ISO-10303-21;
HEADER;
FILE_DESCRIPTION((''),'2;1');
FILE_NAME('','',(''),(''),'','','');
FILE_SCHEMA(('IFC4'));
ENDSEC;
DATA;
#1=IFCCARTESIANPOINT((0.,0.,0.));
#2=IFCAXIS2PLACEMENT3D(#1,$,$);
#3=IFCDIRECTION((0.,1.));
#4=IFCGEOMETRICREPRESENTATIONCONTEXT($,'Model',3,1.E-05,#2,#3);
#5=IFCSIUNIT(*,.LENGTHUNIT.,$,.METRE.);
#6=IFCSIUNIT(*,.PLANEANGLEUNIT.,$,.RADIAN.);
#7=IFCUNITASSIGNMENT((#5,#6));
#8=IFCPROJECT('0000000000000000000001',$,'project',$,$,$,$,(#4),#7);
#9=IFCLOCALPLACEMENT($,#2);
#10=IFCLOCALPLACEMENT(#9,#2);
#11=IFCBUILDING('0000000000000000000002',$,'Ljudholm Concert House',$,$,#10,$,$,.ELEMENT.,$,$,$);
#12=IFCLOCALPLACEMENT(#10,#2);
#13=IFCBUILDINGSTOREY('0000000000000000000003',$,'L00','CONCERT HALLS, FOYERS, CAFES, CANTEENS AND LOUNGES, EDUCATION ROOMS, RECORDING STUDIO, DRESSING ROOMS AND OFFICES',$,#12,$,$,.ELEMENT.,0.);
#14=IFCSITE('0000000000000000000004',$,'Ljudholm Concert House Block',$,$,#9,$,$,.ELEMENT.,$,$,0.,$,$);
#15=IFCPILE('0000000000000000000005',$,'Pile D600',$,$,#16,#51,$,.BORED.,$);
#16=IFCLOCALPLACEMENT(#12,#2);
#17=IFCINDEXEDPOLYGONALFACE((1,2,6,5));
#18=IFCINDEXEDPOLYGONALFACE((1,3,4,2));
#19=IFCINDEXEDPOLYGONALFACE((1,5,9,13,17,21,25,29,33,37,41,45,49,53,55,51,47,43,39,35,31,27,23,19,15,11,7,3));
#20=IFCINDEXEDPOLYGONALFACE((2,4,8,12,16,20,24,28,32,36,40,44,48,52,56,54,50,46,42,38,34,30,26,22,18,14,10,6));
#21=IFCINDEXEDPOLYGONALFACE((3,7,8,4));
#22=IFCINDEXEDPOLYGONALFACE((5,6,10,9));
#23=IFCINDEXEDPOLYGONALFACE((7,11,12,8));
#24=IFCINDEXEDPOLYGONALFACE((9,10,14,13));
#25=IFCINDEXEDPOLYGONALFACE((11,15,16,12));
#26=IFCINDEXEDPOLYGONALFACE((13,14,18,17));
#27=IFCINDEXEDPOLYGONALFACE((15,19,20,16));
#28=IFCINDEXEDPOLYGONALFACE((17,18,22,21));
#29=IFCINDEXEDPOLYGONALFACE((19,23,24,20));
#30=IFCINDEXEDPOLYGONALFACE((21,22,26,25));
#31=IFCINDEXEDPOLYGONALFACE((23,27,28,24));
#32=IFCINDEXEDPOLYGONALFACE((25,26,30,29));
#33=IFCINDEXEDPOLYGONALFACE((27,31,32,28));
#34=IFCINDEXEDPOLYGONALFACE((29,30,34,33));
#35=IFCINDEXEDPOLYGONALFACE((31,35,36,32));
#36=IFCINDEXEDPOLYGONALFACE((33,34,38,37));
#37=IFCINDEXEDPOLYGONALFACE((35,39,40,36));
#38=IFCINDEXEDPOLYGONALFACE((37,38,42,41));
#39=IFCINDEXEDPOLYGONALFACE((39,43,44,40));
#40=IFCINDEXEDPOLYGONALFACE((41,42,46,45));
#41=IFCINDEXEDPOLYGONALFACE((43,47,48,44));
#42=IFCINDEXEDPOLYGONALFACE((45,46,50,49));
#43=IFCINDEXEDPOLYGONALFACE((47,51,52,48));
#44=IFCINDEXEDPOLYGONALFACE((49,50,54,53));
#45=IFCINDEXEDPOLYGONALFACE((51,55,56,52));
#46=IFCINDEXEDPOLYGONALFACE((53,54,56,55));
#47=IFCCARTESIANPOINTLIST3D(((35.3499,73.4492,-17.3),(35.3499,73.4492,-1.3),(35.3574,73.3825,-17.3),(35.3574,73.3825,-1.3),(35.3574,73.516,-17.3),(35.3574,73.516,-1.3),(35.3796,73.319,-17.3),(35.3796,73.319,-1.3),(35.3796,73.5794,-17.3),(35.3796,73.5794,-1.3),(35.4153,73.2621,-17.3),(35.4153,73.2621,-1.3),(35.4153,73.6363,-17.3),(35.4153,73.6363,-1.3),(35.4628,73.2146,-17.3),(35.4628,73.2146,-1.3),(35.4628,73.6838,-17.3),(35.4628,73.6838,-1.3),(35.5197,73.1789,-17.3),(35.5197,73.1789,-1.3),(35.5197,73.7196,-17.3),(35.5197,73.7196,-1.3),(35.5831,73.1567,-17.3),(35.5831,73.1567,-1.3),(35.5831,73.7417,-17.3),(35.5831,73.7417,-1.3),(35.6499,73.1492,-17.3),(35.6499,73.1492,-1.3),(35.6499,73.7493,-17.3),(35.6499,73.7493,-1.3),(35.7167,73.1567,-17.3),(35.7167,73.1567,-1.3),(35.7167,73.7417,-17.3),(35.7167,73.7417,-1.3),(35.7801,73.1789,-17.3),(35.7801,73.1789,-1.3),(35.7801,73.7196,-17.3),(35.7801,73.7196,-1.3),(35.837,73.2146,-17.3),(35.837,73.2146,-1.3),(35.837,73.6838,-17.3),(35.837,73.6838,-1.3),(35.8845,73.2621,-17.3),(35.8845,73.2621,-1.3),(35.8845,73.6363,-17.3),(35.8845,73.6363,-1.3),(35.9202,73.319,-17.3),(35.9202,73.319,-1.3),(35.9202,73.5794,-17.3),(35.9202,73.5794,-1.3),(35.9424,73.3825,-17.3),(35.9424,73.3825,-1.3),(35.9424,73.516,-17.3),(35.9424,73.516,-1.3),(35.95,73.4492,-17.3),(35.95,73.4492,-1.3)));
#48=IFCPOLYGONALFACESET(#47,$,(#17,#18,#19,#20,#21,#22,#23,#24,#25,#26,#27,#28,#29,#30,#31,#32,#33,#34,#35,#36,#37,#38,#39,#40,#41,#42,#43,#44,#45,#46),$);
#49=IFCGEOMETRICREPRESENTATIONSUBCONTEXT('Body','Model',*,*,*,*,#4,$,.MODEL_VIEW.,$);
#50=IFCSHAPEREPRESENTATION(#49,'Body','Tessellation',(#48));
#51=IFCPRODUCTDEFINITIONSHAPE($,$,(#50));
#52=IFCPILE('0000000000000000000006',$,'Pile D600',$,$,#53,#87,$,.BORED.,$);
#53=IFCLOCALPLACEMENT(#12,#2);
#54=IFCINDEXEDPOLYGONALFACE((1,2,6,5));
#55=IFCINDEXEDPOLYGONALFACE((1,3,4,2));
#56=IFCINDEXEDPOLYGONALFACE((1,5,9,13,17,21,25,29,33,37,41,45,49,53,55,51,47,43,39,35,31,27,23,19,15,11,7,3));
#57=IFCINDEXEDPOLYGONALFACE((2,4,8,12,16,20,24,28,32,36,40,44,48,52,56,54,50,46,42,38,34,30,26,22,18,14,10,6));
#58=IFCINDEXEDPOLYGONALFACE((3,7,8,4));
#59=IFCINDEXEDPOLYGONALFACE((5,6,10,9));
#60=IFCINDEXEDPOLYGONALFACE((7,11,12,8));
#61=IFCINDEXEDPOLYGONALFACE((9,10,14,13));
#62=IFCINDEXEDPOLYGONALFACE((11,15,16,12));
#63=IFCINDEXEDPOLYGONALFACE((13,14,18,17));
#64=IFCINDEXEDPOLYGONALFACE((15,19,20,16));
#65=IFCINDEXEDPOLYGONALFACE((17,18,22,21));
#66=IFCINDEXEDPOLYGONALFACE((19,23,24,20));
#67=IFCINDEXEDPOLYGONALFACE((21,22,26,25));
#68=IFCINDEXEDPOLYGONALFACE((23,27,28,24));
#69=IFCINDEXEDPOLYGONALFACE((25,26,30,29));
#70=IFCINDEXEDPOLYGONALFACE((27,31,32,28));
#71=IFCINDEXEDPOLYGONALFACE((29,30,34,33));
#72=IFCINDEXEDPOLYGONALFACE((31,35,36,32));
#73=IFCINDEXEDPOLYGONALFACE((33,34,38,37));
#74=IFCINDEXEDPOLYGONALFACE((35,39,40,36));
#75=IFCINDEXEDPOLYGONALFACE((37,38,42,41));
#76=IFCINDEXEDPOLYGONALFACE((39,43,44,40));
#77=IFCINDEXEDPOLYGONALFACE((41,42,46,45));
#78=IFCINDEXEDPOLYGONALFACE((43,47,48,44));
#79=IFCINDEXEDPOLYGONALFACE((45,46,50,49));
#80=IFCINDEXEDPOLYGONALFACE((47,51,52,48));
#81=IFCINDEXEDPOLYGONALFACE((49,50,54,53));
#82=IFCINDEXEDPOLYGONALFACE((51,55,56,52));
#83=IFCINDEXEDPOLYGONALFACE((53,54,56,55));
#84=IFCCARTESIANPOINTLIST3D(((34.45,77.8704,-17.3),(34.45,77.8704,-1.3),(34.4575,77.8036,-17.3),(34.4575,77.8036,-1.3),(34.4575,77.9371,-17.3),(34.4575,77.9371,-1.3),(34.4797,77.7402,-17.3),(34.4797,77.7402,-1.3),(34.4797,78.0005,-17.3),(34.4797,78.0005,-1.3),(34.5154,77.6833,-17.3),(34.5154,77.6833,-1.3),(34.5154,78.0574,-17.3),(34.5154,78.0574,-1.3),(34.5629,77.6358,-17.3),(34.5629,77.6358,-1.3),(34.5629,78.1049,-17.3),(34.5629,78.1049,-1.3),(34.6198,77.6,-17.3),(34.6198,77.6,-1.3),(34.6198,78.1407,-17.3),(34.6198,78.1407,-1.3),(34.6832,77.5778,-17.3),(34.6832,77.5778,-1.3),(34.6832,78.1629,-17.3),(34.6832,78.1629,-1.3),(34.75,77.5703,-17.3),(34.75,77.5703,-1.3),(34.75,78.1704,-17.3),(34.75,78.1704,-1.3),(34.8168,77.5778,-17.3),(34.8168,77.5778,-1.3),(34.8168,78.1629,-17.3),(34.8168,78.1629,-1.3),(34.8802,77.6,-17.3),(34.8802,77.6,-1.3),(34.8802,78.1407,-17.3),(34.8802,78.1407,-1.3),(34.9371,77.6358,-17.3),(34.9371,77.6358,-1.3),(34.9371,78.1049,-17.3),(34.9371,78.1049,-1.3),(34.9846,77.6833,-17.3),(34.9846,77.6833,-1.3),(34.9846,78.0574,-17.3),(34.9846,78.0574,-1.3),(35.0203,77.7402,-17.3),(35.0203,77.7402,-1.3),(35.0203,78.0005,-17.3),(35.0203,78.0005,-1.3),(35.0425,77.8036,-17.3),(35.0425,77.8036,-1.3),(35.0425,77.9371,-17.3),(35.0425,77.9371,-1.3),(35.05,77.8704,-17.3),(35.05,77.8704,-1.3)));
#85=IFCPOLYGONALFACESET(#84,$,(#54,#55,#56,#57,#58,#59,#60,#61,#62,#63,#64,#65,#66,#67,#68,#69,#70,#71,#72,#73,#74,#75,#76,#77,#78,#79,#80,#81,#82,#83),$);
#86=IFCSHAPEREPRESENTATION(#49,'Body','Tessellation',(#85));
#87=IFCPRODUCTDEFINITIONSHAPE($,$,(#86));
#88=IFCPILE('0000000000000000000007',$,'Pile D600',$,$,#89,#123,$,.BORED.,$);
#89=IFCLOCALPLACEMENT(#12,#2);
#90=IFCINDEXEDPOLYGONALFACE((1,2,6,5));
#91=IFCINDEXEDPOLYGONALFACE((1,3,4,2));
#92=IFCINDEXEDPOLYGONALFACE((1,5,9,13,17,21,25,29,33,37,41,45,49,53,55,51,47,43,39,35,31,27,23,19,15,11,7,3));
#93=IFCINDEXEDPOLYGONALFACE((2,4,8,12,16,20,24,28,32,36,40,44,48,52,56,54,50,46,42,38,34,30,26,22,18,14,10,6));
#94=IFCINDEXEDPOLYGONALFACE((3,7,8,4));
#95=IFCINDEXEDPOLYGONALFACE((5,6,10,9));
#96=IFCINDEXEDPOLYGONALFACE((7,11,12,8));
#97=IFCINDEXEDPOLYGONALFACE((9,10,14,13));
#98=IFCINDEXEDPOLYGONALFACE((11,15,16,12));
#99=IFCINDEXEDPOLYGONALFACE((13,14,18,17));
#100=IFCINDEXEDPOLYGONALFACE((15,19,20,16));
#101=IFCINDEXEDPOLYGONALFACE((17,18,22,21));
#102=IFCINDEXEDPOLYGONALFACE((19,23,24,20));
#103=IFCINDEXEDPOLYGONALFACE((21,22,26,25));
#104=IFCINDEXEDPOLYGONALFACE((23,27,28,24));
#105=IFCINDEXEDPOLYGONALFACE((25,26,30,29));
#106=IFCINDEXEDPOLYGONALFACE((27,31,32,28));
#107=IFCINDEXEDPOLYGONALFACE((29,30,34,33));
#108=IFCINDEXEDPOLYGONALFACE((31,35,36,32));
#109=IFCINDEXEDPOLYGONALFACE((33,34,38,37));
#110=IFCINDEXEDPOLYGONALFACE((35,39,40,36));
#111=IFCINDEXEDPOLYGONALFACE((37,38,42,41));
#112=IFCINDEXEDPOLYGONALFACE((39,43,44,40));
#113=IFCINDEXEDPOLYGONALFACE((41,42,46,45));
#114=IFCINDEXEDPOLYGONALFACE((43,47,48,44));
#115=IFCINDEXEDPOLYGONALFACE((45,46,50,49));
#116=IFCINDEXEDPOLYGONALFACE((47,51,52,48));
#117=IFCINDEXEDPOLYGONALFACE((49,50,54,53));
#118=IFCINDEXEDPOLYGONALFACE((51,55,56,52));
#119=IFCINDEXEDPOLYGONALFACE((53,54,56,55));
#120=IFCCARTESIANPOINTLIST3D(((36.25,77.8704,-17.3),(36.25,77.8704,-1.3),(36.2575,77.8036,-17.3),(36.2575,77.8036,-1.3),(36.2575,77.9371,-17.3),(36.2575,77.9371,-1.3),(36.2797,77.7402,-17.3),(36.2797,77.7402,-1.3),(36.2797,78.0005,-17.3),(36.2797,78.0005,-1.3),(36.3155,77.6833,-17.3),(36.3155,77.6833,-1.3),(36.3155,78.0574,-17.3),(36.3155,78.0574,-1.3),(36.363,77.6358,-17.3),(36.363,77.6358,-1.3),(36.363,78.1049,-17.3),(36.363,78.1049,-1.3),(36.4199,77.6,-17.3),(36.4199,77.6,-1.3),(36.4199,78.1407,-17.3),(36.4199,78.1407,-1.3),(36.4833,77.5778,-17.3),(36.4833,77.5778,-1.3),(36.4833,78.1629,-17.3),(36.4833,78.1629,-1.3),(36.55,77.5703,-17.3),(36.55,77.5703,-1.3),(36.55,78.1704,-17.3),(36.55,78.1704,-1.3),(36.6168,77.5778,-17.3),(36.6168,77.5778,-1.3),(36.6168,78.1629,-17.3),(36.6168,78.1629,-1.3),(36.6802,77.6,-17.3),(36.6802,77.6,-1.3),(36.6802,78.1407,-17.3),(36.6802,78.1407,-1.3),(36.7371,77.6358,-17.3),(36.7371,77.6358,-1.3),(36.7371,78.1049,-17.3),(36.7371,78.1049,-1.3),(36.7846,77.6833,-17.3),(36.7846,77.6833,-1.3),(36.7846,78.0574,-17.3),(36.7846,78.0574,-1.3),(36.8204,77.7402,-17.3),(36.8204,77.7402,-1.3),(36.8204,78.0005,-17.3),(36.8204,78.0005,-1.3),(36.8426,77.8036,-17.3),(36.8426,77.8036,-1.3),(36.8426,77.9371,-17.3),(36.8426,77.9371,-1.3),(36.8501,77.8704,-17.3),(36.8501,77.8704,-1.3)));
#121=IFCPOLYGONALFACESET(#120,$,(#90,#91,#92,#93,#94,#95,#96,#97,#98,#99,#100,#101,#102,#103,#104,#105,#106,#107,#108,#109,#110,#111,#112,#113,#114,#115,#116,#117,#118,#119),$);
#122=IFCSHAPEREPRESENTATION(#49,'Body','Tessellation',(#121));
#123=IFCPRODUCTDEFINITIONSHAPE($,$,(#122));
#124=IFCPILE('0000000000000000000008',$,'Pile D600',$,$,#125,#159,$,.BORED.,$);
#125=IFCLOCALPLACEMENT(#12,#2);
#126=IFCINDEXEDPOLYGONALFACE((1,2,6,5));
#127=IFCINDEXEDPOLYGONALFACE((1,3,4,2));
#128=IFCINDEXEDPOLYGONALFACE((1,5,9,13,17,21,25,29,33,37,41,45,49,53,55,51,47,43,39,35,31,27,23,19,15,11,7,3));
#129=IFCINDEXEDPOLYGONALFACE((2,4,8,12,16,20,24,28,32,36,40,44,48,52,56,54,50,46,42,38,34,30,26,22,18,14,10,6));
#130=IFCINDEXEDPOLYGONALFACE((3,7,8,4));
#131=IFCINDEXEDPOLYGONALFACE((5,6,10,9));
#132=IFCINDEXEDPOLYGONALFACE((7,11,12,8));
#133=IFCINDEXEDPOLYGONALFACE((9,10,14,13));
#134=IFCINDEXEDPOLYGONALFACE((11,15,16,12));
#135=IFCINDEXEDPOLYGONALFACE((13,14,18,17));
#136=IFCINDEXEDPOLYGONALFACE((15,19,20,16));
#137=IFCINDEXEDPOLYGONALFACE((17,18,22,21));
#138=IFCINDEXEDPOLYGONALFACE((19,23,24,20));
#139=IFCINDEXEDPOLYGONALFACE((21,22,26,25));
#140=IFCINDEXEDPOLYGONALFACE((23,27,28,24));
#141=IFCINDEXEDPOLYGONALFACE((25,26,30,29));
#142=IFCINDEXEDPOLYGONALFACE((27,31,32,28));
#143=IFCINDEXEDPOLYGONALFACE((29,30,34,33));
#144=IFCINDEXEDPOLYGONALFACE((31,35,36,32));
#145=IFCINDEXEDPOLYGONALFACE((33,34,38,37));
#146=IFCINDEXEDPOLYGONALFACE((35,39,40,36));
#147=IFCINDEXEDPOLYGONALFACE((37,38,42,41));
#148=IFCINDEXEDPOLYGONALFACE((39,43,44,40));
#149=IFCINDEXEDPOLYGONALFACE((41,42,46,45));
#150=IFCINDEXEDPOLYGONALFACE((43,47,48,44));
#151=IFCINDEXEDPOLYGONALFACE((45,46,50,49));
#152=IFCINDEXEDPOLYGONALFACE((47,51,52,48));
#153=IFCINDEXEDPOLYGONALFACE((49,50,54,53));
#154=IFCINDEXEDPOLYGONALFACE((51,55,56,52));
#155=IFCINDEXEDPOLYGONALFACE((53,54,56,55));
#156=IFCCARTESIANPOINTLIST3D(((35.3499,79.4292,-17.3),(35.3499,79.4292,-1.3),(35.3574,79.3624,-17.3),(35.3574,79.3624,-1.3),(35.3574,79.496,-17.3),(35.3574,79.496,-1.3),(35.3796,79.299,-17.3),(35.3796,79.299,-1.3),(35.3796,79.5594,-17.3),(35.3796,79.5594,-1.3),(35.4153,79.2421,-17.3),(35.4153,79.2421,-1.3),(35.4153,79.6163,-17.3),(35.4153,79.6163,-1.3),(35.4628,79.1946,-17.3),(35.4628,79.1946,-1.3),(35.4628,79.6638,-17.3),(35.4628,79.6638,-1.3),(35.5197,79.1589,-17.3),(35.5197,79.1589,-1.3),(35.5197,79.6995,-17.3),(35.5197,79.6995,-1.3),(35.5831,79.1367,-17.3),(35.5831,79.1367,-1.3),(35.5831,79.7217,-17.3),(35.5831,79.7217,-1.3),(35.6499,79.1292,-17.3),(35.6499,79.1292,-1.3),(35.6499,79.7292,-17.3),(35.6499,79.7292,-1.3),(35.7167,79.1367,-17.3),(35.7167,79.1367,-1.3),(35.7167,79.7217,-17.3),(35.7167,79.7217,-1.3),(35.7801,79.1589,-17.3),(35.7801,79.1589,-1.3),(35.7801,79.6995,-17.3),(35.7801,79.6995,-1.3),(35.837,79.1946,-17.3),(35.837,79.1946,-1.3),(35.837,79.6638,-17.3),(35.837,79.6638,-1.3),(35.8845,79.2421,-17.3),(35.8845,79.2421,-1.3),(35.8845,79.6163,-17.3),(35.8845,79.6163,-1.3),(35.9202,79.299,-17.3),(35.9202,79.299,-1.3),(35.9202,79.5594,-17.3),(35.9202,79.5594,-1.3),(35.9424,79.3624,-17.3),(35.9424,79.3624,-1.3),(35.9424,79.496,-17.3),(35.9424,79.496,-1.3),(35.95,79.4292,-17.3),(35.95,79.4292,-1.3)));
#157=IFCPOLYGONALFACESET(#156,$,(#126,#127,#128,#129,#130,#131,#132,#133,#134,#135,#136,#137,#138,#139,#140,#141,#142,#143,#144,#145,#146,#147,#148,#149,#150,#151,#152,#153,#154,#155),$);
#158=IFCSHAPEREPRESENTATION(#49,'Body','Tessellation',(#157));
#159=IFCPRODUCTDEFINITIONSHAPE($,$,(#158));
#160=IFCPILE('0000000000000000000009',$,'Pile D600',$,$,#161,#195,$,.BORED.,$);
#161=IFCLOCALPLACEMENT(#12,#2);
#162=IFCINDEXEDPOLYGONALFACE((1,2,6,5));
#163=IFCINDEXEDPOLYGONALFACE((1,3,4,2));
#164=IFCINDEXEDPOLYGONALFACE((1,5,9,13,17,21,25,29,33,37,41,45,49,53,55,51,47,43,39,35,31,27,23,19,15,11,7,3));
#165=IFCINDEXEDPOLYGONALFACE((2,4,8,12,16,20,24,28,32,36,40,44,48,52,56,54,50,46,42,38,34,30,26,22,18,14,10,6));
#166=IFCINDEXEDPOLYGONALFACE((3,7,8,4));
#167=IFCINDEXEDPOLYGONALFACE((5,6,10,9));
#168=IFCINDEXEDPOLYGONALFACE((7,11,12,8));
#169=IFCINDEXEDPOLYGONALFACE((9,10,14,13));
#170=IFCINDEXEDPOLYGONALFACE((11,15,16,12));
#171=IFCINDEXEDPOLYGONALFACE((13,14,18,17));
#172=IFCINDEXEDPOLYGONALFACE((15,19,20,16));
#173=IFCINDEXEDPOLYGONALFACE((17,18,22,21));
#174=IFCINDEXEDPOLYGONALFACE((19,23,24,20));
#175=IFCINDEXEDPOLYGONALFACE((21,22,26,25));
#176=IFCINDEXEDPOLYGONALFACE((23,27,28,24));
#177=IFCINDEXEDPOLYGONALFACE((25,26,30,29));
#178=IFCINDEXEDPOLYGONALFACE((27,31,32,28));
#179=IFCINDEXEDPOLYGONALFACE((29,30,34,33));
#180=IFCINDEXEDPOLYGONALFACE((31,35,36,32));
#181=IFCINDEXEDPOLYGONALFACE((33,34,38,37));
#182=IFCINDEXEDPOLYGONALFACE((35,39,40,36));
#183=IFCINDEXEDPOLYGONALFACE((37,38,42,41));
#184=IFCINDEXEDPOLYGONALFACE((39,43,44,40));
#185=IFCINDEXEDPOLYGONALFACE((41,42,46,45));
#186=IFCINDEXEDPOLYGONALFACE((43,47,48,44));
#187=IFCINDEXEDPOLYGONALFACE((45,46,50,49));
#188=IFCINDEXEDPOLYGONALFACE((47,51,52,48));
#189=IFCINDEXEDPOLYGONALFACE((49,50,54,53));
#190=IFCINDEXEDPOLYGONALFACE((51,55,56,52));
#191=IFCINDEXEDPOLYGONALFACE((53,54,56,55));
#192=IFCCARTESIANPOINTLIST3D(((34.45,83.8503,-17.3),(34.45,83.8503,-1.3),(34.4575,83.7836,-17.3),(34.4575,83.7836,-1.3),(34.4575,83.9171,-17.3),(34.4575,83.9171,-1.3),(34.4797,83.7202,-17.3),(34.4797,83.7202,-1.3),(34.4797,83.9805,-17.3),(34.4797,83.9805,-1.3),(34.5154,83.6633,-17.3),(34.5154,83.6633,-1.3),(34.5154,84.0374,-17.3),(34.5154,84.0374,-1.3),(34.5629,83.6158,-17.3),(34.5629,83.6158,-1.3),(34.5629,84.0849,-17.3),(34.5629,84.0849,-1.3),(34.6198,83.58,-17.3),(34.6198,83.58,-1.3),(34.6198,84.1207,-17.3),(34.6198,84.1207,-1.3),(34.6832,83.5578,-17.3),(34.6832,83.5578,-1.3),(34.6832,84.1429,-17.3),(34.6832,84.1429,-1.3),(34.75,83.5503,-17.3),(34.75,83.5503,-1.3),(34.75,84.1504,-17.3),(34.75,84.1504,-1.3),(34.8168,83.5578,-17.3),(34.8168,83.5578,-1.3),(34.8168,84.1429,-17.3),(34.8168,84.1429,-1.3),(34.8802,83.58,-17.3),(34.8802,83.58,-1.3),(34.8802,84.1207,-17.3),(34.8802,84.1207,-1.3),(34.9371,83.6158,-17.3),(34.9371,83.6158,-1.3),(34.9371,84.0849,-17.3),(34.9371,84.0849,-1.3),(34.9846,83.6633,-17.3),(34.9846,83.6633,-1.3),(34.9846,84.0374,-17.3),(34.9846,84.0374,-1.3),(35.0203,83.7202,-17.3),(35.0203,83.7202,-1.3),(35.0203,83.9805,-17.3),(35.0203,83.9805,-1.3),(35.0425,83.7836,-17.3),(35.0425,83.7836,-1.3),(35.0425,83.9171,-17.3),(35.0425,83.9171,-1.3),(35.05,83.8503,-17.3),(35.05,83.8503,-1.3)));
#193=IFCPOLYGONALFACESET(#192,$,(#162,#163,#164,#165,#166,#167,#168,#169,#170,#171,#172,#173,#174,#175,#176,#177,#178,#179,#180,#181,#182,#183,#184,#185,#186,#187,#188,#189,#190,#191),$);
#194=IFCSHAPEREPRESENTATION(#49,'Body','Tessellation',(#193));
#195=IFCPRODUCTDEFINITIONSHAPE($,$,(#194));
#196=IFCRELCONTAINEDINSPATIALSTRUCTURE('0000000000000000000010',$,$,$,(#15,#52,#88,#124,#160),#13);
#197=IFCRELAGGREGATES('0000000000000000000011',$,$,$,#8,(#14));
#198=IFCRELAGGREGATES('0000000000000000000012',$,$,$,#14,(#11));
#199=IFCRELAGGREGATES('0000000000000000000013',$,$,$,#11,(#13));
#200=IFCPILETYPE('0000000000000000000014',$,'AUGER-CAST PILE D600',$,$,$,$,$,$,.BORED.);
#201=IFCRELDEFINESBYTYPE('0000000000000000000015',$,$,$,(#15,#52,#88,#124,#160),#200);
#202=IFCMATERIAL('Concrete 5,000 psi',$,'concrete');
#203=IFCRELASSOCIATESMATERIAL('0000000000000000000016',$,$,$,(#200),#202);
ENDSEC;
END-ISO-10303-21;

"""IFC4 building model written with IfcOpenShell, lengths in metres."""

from ifc_helpers import new_model, si_unit, direction, frame, origin, origin_2d, place, context, subcontext, project, spatial, circle, extrude, material, material_profile, profile_set, type_object, element, save


model = new_model("IFC4")

# Units and contexts
model_context = context("Model", 3, precision=1e-05, world=origin(), true_north=direction((0.0, 1.0)))
body_context = subcontext(model_context, "Body", "Model", "MODEL_VIEW")
ifc_project = project(units=[si_unit("LENGTHUNIT", "METRE"), si_unit("PLANEANGLEUNIT", "RADIAN")], contexts=[model_context])

# Site, building, storey
site_placement = place(None, origin())
site = spatial("IfcSite", under=ifc_project, at=site_placement, Name="Ljudholm Concert House Block", CompositionType="ELEMENT", RefElevation=0.0)
building_placement = place(site_placement, origin())
building = spatial("IfcBuilding", under=site, at=building_placement, Name="Ljudholm Concert House", CompositionType="ELEMENT")
storey_placement = place(building_placement, origin())
storey = spatial("IfcBuildingStorey", under=building, at=storey_placement, Name="L00", Description="CONCERT HALLS, FOYERS, CAFES, CANTEENS AND LOUNGES, EDUCATION ROOMS, RECORDING STUDIO, DRESSING ROOMS AND OFFICES", CompositionType="ELEMENT", Elevation=0.0)

# Piles
ifc_material_1 = material(Name="Concrete 5,000 psi", Category="concrete")
ifc_material_profile_1 = material_profile(ifc_material_1, circle(Radius=0.3, at=origin_2d()), Name="AUGER-CAST PILE D600")
ifc_profile_set_1 = profile_set([ifc_material_profile_1], Name="Concrete 5,000 psi")
pile_type = type_object("IfcPileType", Name="AUGER-CAST PILE D600", PredefinedType="BORED", material=ifc_profile_set_1)
for number, where, z_axis, x_axis, name in (
    (1, (35.6499, 73.4492, -1.3), (0.0, 0.0, -1.0), (1.0, 0.0, 0.0), "Pile D600"),
    (2, (34.75, 77.8704, -1.3), (0.0, 0.0, -1.0), (1.0, 0.0, 0.0), "Pile D600"),
    (3, (36.55, 77.8704, -1.3), (0.0, 0.0, -1.0), (1.0, 0.0, 0.0), "Pile D600"),
    (4, (35.6499, 79.4292, -1.3), (0.0, 0.0, -1.0), (1.0, 0.0, 0.0), "Pile D600"),
    (5, (34.75, 83.8503, -1.3), (0.0, 0.0, -1.0), (1.0, 0.0, 0.0), "Pile D600"),
):
    element("IfcPile", number, at=place(storey_placement, frame(where, z_axis=z_axis, x_axis=x_axis)), inside=storey, type_object=pile_type, Name=name, PredefinedType="BORED", context=body_context, shape_type="SweptSolid", body=[
        extrude(circle(Radius=0.3, at=origin_2d()), origin(), (0.0, 0.0, 1.0), 16.0),
    ])

save(model, "model.ifc")
